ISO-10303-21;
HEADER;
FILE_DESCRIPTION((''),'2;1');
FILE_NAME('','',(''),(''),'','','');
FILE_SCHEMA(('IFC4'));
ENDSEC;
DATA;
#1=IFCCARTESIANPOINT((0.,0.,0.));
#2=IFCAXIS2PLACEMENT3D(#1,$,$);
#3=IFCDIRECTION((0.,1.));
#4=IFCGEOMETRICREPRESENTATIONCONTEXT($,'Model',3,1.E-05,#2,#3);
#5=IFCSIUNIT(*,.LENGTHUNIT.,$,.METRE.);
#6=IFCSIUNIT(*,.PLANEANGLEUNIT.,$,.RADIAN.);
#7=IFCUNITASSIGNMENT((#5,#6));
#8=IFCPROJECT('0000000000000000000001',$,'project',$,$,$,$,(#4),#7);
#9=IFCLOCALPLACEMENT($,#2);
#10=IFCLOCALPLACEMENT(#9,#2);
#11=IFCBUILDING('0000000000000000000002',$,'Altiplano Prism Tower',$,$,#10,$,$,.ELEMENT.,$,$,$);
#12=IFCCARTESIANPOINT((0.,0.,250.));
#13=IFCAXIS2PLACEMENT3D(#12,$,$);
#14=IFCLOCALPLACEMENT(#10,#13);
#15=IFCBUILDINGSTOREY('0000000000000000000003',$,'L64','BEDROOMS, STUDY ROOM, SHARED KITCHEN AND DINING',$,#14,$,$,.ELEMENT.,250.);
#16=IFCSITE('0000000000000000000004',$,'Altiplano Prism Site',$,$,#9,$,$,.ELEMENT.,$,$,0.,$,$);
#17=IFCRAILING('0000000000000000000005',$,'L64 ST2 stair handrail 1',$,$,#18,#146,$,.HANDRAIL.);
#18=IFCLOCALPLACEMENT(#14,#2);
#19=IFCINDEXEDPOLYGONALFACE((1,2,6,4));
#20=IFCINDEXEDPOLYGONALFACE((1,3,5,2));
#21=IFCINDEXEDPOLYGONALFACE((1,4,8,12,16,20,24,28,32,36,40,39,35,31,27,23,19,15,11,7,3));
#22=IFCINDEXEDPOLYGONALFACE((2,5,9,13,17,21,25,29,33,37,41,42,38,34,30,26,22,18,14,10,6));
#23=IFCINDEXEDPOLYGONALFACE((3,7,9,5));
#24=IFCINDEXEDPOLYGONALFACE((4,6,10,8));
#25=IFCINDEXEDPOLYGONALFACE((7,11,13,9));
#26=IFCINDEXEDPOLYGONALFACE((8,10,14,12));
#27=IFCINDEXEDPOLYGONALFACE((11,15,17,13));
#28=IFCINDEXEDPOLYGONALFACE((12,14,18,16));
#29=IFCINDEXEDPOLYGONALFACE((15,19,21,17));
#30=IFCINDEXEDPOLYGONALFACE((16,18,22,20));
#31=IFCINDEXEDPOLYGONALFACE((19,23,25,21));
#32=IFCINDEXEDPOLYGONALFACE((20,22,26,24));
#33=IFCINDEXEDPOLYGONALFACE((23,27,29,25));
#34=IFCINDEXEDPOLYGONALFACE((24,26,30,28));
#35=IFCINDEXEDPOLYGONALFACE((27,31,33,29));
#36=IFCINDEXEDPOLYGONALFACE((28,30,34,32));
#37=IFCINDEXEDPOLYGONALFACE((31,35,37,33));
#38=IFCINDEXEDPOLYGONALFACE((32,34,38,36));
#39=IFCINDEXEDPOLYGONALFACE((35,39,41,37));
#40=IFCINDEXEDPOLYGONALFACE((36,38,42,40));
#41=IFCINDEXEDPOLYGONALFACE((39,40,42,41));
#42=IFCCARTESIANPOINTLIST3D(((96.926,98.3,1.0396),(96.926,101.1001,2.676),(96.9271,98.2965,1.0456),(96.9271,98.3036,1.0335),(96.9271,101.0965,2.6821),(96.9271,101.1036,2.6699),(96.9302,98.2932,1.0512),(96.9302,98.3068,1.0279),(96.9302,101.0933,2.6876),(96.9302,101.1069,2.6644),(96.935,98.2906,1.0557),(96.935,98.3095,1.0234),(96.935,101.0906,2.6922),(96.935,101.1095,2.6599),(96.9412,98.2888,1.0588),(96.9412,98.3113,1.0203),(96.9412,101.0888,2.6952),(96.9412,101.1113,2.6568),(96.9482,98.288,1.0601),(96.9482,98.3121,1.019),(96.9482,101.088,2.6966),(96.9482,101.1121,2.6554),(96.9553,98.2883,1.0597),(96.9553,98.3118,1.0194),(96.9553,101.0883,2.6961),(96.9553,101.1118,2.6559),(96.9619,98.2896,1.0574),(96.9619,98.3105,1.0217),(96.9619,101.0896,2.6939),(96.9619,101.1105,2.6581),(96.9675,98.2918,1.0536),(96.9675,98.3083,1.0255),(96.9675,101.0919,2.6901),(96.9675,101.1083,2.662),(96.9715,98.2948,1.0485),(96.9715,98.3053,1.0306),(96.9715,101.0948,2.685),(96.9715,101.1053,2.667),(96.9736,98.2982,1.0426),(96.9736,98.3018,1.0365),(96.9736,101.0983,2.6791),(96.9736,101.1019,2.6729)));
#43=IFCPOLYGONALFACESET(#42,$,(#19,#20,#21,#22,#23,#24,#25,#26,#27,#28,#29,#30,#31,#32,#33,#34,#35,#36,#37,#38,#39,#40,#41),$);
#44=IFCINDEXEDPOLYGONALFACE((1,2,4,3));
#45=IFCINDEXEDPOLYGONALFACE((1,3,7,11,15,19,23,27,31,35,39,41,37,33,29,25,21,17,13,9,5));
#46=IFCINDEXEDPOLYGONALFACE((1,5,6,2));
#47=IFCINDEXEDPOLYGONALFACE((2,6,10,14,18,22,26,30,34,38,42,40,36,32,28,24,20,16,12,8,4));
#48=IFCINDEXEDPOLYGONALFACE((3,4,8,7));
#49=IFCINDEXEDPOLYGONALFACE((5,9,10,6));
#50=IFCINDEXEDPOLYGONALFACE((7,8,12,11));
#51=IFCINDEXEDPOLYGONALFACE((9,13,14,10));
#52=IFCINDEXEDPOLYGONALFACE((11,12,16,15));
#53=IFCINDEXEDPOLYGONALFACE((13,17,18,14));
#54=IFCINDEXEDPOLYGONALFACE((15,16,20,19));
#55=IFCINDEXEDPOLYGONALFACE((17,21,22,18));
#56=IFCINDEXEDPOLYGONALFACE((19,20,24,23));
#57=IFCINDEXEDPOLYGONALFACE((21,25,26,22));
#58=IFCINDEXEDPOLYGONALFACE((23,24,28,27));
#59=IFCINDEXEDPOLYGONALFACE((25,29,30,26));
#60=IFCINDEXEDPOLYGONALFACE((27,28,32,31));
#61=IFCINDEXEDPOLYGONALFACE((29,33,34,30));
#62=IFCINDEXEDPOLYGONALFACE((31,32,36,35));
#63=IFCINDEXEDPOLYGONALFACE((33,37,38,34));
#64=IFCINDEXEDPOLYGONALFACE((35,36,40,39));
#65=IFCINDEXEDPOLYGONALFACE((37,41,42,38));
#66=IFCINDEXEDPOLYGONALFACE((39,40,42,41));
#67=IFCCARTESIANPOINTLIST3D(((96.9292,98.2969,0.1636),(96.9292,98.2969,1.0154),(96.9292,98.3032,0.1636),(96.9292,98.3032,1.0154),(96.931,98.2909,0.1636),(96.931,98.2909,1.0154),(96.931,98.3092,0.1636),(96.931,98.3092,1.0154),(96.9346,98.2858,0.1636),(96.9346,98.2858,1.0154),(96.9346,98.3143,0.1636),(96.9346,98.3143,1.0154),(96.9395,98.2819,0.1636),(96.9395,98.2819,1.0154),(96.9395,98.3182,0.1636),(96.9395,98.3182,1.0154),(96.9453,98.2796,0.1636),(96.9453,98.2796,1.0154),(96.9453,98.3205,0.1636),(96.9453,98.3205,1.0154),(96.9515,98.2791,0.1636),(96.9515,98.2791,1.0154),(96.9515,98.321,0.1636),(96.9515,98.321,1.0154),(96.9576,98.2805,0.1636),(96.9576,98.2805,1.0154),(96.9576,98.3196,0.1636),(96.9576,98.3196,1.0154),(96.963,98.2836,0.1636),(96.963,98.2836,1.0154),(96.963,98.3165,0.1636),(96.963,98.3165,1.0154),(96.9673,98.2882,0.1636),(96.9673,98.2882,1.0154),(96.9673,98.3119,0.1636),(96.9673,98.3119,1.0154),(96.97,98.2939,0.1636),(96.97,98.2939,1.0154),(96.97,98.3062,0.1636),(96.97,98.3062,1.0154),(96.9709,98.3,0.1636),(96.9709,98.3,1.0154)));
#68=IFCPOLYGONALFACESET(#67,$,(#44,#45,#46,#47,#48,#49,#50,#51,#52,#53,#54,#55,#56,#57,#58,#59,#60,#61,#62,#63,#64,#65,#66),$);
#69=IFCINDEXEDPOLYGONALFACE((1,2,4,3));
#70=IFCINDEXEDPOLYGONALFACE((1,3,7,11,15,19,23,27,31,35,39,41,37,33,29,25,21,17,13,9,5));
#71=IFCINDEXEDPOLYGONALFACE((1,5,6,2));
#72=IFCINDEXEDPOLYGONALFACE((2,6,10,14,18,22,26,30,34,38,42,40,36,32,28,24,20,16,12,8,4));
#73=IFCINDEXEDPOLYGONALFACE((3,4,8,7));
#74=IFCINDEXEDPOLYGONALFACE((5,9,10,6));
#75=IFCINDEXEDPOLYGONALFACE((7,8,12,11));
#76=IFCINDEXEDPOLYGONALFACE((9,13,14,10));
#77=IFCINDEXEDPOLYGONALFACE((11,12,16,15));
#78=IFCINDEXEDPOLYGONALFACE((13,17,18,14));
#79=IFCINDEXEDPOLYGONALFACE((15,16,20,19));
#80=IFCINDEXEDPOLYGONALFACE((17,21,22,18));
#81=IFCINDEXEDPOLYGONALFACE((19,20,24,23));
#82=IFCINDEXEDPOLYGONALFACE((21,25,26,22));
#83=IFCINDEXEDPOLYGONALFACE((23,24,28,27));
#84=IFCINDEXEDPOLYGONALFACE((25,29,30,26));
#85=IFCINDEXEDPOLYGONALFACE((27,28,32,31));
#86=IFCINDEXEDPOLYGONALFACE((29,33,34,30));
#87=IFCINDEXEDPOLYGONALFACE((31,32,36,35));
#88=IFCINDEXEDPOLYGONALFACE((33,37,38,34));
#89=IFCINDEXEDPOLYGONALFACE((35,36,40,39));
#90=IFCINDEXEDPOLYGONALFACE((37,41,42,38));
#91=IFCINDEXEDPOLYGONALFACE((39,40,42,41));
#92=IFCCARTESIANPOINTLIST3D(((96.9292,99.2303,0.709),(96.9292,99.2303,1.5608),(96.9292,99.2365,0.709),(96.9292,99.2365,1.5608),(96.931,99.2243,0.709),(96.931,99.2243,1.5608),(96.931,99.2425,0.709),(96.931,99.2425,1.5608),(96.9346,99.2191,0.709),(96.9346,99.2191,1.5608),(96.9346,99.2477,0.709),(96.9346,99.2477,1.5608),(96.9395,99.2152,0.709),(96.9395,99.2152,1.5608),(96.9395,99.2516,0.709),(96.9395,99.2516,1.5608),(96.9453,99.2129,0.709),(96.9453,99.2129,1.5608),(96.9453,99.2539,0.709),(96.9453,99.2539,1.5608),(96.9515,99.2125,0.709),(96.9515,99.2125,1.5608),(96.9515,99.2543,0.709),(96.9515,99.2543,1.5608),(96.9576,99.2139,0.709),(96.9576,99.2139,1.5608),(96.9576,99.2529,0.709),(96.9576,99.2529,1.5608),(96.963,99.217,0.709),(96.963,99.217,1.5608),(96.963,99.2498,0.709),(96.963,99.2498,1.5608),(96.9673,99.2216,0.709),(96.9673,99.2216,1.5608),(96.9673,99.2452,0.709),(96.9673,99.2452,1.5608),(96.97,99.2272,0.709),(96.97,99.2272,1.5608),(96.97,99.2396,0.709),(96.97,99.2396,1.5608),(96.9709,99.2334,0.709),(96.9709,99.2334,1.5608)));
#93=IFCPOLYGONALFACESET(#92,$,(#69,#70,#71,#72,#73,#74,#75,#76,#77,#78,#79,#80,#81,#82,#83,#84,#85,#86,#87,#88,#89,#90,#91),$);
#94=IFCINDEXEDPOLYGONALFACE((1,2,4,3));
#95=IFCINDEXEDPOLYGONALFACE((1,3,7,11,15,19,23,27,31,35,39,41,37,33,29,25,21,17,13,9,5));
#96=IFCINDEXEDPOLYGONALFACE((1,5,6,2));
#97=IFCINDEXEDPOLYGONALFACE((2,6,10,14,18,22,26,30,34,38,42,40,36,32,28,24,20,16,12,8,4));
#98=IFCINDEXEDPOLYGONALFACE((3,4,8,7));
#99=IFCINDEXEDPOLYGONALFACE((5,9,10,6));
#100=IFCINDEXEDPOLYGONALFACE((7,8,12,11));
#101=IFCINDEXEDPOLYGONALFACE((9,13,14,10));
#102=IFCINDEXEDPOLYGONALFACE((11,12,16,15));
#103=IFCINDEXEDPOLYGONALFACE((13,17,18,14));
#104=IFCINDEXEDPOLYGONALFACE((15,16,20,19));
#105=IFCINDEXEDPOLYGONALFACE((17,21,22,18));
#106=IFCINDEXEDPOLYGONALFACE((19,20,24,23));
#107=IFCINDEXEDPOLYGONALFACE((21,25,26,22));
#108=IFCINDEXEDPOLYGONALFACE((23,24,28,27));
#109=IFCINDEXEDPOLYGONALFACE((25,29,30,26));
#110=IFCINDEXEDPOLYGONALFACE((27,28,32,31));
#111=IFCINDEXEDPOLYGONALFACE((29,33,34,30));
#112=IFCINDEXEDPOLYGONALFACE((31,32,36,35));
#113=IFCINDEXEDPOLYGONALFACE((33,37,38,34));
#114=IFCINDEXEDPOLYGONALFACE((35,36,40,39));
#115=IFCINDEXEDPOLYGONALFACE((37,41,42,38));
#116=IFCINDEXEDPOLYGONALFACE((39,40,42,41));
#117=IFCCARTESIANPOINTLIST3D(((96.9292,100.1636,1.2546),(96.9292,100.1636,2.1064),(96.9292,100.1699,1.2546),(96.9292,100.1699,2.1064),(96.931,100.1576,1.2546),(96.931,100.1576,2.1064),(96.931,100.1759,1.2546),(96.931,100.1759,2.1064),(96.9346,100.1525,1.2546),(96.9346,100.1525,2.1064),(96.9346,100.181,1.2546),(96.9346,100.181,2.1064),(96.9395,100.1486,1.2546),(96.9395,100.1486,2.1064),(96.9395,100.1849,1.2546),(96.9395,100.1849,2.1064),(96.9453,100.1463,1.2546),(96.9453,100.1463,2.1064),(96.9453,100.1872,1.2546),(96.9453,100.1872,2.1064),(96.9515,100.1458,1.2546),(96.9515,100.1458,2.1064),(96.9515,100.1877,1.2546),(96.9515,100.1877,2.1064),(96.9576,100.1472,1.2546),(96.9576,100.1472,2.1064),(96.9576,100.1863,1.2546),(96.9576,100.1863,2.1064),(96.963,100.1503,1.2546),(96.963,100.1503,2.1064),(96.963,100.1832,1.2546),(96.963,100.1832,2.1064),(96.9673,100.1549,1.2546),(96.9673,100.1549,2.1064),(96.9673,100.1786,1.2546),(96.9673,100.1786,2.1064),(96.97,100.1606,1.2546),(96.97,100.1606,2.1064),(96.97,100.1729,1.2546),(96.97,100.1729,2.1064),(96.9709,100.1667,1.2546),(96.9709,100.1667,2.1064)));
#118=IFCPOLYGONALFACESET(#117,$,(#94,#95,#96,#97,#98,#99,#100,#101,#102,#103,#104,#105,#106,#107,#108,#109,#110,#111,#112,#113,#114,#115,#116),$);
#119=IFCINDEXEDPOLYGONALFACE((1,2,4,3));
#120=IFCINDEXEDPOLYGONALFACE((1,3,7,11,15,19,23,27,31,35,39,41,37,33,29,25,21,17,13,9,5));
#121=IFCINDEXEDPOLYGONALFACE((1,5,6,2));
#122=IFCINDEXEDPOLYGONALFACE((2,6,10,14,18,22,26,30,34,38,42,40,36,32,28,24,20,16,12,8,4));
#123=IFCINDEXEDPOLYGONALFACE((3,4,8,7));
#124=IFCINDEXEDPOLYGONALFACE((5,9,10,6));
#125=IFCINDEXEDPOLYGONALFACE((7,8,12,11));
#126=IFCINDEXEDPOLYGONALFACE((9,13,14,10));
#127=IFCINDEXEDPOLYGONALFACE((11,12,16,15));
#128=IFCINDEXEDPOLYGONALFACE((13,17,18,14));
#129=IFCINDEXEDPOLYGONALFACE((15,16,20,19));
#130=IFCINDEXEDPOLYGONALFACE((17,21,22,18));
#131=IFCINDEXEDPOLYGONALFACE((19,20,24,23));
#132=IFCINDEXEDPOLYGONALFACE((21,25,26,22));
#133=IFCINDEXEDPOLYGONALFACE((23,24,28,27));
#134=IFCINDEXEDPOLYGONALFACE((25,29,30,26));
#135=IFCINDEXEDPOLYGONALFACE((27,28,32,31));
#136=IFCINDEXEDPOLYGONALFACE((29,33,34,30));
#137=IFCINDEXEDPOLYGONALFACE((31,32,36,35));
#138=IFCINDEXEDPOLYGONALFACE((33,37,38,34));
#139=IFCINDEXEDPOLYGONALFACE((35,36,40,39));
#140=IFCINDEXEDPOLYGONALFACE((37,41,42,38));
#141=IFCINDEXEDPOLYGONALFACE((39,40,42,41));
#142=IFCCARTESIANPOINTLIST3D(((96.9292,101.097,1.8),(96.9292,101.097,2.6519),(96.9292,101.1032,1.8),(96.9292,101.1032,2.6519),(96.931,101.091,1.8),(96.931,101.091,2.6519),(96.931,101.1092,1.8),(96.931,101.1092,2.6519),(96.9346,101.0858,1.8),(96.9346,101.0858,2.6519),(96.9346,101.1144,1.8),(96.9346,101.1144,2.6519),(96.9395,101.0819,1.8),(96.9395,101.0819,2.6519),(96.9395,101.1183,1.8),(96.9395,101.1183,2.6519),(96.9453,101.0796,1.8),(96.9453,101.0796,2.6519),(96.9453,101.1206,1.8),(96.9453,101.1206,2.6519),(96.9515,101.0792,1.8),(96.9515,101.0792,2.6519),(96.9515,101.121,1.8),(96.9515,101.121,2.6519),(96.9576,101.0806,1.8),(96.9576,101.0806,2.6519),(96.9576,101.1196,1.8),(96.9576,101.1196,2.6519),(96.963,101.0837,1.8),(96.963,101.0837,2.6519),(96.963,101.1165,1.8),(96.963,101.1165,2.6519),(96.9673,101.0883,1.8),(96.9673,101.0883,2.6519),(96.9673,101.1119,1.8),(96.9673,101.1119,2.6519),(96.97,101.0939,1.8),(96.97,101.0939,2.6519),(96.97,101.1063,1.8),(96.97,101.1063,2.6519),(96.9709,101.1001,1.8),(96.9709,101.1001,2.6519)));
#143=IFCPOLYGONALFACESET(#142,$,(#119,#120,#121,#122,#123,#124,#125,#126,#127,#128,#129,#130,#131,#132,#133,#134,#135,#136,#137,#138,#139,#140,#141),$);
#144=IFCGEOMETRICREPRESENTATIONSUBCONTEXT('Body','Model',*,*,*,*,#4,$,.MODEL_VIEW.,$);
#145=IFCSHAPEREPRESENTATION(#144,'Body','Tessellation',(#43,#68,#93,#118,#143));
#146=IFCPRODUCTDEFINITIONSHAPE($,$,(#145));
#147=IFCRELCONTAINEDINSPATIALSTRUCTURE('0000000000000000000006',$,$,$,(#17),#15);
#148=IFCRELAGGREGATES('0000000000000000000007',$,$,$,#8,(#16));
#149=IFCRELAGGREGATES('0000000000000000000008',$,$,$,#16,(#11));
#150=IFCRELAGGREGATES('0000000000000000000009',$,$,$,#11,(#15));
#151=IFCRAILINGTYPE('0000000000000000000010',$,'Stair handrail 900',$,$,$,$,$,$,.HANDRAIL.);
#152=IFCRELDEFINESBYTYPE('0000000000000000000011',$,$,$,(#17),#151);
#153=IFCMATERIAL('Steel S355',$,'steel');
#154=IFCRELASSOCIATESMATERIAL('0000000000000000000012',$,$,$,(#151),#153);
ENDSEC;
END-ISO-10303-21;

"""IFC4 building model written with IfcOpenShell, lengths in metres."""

from ifc_helpers import new_model, si_unit, direction, frame, origin, origin_2d, place, context, subcontext, project, spatial, circle, extrude, material, type_object, element, save


model = new_model("IFC4")

# Units and contexts
model_context = context("Model", 3, precision=1e-05, world=origin(), true_north=direction((0.0, 1.0)))
body_context = subcontext(model_context, "Body", "Model", "MODEL_VIEW")
ifc_project = project(units=[si_unit("LENGTHUNIT", "METRE"), si_unit("PLANEANGLEUNIT", "RADIAN")], contexts=[model_context])

# Site, building, storey
site_placement = place(None, origin())
site = spatial("IfcSite", under=ifc_project, at=site_placement, Name="Altiplano Prism Site", CompositionType="ELEMENT", RefElevation=0.0)
building_placement = place(site_placement, origin())
building = spatial("IfcBuilding", under=site, at=building_placement, Name="Altiplano Prism Tower", CompositionType="ELEMENT")
storey_placement = place(building_placement, frame((0.0, 0.0, 250.0)))
storey = spatial("IfcBuildingStorey", under=building, at=storey_placement, Name="L64", Description="BEDROOMS, STUDY ROOM, SHARED KITCHEN AND DINING", CompositionType="ELEMENT", Elevation=250.0)

# Railing
ifc_material_1 = material(Name="Steel S355", Category="steel")
railing_type_1 = type_object("IfcRailingType", Name="Stair handrail 900", PredefinedType="HANDRAIL", material=ifc_material_1)
railing_1_placement = place(storey_placement, frame((96.95, 98.3, 0.1636)))
element("IfcRailing", 1, at=railing_1_placement, inside=storey, type_object=railing_type_1, Name="L64 ST2 stair handrail 1", PredefinedType="HANDRAIL", context=body_context, shape_type="SweptSolid", body=[
    extrude(circle(Radius=0.0239, at=origin_2d()), frame((0.0, 0.0, 0.876), z_axis=(0.0, 0.863361, 0.504587), x_axis=(-1.0, 0.0, 0.0)), (0.0, 0.0, 1.0), 3.2432),
    extrude(circle(Radius=0.021, at=origin_2d()), origin(), (0.0, 0.0, 1.0), 0.8518),
    extrude(circle(Radius=0.021, at=origin_2d()), frame((0.0, 0.9333, 0.5454)), (0.0, 0.0, 1.0), 0.8518),
    extrude(circle(Radius=0.021, at=origin_2d()), frame((0.0, 1.8667, 1.0911)), (0.0, 0.0, 1.0), 0.8518),
    extrude(circle(Radius=0.021, at=origin_2d()), frame((0.0, 2.8, 1.6365)), (0.0, 0.0, 1.0), 0.8518),
])

save(model, "model.ifc")
